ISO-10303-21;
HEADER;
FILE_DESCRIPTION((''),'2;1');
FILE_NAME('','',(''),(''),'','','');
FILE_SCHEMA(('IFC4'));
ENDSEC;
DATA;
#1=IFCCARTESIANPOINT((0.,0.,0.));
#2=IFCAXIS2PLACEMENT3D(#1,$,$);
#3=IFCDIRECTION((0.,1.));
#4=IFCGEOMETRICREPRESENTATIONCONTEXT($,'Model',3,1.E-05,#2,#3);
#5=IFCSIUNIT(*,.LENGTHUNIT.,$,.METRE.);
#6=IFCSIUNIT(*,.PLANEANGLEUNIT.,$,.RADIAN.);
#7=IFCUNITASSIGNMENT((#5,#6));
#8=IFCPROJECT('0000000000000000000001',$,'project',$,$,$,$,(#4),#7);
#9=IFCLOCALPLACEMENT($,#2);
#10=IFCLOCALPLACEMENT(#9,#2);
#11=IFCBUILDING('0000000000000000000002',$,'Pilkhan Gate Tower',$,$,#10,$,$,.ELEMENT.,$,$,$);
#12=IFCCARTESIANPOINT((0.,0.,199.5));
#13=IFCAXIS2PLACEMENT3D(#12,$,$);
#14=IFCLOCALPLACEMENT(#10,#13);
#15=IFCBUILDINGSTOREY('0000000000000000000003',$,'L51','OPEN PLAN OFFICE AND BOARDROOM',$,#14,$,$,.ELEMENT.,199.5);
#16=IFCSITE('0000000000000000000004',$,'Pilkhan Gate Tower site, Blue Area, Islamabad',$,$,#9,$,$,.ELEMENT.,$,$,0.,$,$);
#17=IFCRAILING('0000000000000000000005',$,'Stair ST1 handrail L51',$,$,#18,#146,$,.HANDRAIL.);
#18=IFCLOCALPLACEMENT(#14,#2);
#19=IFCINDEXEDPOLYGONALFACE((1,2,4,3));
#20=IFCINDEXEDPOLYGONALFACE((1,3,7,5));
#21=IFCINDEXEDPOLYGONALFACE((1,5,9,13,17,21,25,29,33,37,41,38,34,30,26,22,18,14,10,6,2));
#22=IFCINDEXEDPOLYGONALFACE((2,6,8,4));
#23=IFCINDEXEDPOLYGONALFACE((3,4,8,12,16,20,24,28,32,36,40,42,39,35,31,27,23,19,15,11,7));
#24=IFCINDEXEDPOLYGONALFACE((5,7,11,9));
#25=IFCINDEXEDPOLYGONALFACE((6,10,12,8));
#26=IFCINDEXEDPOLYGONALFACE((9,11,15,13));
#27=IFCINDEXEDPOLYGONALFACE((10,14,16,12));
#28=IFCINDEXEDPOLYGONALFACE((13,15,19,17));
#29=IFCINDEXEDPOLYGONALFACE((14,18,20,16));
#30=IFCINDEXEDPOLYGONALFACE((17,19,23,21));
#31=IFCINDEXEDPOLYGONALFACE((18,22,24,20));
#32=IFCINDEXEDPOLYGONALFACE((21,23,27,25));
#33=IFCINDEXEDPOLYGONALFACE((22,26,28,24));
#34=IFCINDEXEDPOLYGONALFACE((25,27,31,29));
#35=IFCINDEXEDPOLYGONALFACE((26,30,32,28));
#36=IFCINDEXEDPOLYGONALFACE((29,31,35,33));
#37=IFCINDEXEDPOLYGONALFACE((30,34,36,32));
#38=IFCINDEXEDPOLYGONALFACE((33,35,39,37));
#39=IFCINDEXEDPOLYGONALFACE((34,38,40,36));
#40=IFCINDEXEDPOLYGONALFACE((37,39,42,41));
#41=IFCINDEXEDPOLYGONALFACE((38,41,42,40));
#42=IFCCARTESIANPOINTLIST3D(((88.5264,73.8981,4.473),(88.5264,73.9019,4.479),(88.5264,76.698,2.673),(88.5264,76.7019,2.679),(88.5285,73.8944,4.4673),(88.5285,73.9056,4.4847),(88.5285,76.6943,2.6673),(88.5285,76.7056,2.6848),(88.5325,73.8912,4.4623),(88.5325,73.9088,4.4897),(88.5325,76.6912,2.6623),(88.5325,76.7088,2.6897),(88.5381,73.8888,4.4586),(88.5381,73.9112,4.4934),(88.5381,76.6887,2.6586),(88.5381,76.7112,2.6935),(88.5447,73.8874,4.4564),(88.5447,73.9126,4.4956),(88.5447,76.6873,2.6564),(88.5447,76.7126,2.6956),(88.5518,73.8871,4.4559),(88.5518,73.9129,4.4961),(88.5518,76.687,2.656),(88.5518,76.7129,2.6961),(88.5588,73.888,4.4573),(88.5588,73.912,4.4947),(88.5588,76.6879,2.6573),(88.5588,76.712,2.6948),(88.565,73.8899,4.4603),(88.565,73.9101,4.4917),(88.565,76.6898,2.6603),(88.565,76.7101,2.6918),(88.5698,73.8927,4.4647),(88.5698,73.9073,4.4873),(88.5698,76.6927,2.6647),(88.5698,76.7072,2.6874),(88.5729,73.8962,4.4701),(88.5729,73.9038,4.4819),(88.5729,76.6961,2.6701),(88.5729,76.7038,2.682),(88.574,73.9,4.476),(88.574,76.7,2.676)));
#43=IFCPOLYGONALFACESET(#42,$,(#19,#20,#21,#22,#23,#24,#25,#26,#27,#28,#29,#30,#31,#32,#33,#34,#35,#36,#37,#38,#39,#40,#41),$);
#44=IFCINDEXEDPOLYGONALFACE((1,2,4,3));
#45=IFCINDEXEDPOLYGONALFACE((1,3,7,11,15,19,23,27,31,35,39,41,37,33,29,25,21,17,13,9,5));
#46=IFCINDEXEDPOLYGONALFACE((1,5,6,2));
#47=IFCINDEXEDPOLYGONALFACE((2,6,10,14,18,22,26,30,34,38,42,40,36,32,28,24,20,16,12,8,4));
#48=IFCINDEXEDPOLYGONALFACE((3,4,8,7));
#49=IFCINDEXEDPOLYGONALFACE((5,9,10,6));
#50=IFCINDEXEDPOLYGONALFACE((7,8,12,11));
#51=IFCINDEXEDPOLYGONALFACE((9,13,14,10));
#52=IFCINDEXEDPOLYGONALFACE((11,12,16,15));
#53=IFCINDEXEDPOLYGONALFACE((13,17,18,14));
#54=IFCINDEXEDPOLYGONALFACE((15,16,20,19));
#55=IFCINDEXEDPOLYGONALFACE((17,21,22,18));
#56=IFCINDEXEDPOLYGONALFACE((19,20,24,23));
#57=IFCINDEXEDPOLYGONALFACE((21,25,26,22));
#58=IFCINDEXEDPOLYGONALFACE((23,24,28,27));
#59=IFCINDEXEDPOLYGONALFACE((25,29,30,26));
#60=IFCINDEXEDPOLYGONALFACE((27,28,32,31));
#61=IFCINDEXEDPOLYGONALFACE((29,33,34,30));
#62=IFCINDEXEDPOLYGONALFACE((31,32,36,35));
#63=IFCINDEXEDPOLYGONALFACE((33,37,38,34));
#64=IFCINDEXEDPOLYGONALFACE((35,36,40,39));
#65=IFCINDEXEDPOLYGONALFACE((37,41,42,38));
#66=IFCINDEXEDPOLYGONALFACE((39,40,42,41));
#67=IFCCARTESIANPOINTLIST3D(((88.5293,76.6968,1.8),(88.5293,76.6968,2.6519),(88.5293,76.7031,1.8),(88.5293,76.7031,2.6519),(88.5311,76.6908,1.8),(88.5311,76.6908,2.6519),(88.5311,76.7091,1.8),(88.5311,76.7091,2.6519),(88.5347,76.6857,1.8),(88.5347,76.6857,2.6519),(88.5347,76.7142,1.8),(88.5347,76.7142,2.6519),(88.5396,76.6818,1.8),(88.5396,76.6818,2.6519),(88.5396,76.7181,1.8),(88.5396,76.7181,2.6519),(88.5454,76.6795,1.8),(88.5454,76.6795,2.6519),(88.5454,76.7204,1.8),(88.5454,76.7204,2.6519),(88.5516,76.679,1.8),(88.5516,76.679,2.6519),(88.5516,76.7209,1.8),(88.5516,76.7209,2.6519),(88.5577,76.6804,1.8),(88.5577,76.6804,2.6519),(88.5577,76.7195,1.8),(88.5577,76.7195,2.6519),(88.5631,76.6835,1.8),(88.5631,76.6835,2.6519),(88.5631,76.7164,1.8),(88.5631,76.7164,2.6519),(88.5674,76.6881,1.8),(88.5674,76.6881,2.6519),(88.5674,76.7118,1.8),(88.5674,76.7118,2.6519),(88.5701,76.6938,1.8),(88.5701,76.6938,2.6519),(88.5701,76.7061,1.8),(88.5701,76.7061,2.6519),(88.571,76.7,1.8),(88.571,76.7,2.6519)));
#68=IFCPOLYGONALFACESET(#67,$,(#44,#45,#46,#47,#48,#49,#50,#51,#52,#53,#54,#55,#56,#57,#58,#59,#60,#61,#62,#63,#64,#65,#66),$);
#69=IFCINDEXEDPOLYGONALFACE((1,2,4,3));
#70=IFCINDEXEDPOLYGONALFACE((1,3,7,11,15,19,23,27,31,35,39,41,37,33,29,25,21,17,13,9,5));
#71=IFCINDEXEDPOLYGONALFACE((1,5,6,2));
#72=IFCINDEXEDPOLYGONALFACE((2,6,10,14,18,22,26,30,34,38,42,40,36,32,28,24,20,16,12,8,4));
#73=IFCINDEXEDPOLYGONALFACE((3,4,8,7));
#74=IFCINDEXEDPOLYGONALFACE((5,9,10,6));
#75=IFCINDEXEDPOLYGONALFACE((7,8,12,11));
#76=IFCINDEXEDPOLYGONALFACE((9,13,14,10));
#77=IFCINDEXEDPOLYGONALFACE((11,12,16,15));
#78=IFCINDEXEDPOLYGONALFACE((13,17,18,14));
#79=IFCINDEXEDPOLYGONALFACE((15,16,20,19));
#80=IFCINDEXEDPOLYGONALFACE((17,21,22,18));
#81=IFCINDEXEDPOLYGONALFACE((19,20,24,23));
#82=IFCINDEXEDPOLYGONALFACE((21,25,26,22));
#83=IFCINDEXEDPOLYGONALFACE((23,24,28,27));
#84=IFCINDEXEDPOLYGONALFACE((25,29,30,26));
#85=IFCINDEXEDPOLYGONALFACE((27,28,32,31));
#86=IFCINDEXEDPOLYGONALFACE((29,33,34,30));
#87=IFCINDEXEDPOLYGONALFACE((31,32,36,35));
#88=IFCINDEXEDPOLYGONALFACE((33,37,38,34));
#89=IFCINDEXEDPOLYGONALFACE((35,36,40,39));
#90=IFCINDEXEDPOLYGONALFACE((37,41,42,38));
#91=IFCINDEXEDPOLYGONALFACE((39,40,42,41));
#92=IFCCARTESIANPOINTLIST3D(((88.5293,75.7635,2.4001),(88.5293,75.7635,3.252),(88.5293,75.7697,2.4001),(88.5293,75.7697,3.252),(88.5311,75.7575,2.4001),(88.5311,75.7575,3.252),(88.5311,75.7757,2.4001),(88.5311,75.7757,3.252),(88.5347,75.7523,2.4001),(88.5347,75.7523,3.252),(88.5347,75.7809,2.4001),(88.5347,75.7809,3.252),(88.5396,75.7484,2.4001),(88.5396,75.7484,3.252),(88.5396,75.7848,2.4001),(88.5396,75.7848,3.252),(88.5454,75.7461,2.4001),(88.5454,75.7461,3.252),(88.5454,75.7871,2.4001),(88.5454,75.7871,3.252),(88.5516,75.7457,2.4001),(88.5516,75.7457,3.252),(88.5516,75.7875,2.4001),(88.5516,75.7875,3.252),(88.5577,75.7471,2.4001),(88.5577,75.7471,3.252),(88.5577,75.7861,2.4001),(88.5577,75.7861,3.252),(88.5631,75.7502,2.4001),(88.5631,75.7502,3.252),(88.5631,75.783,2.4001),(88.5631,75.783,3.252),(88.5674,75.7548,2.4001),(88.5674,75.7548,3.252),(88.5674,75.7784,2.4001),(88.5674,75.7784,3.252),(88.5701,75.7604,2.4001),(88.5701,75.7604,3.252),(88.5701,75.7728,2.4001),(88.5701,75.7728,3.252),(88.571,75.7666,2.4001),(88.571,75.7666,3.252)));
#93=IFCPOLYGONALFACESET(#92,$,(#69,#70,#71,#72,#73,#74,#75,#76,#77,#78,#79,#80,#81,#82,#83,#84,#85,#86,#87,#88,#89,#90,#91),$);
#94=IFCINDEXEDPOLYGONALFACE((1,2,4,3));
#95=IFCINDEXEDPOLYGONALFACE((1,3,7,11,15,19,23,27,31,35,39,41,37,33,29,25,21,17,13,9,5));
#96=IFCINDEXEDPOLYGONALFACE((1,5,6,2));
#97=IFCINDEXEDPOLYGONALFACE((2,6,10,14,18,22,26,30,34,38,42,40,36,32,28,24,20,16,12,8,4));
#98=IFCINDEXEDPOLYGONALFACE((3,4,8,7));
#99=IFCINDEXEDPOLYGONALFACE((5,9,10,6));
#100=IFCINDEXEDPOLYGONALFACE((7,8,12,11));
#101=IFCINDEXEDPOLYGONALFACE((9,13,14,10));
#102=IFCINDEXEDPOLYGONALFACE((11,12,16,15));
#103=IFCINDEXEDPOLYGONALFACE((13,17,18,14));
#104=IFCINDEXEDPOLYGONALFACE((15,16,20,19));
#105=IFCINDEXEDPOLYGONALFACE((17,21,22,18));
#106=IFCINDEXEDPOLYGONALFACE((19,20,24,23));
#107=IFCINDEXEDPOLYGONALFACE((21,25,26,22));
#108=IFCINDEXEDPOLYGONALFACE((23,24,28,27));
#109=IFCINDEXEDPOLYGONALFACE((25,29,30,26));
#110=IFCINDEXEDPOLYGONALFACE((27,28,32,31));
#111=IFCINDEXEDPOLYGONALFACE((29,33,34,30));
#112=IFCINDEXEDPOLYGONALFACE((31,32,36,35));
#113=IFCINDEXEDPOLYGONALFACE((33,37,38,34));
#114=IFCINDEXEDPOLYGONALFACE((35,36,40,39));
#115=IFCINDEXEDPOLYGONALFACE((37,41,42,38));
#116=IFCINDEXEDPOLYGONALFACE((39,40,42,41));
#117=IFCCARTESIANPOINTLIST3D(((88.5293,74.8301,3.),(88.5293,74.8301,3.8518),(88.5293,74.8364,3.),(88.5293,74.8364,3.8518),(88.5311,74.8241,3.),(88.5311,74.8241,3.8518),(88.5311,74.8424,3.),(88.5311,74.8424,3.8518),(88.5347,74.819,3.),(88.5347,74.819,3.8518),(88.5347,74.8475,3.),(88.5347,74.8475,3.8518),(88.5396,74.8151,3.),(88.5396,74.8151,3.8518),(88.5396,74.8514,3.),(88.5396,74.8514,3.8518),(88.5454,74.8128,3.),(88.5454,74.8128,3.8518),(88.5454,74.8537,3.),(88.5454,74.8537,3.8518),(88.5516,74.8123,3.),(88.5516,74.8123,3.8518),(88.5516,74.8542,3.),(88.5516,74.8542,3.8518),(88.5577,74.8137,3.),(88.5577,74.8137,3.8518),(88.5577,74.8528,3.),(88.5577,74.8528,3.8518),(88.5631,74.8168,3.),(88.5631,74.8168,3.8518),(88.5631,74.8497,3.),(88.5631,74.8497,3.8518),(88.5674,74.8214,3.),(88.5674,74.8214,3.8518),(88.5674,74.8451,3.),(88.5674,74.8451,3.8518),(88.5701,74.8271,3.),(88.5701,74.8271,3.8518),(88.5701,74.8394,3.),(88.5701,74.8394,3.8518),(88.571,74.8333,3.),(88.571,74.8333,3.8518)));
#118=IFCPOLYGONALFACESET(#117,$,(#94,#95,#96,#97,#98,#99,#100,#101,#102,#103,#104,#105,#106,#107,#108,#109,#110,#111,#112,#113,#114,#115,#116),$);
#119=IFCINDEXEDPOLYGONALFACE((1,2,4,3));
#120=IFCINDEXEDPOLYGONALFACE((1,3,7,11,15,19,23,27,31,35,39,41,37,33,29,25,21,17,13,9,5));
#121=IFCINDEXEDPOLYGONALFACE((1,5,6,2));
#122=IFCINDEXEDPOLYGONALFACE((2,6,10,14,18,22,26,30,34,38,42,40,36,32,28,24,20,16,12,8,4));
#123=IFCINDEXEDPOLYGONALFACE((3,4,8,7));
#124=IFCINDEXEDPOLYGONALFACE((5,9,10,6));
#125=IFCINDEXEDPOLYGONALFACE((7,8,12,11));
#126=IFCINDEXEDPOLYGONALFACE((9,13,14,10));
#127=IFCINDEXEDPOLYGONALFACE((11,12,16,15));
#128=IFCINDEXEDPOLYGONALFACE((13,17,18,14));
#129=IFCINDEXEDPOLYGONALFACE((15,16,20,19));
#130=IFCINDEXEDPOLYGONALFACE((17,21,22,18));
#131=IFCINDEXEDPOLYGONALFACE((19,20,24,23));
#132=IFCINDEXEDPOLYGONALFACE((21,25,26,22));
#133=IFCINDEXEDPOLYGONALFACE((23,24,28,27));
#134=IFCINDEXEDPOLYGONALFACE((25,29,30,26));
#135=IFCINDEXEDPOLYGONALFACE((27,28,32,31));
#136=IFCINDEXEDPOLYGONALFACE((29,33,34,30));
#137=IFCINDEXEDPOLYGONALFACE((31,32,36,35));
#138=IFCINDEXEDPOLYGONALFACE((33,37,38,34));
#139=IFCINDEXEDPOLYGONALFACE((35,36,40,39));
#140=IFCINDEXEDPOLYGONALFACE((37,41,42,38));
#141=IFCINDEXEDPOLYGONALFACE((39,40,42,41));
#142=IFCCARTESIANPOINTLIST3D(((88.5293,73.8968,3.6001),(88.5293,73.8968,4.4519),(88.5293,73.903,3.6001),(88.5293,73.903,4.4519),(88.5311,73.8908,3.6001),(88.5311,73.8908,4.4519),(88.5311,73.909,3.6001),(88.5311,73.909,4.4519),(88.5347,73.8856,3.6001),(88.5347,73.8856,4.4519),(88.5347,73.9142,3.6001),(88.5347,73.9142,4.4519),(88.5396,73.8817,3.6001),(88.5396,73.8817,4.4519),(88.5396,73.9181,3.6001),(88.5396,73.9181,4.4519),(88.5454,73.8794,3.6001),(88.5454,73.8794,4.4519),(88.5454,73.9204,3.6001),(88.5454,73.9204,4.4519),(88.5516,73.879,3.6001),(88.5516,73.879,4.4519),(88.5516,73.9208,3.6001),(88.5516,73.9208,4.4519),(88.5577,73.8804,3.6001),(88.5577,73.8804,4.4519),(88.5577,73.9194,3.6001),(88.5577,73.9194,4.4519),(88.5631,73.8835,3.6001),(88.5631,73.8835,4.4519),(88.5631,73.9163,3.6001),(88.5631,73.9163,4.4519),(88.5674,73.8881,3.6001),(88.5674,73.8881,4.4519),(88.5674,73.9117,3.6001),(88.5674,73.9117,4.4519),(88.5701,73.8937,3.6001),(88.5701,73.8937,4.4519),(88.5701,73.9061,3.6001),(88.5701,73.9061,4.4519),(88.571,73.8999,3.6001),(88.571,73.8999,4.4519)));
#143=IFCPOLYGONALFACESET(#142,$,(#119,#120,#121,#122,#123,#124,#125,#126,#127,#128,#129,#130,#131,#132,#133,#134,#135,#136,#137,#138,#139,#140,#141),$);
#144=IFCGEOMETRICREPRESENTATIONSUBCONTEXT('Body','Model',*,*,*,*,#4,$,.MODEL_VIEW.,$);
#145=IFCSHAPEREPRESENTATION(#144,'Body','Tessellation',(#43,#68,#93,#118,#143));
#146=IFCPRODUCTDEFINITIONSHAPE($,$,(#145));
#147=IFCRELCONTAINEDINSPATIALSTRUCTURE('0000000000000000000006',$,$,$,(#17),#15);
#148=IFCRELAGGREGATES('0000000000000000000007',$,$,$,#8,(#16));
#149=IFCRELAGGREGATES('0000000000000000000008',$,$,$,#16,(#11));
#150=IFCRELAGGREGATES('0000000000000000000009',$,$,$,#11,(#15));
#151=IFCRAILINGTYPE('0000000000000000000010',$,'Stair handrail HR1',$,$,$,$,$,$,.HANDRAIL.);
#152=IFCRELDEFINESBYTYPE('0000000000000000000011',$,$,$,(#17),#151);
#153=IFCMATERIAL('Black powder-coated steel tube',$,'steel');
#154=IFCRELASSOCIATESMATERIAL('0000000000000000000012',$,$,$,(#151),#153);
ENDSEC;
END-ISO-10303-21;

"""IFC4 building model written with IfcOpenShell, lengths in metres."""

from ifc_helpers import new_model, si_unit, direction, frame, origin, origin_2d, place, context, subcontext, project, spatial, circle, extrude, material, type_object, element, save


model = new_model("IFC4")

# Units and contexts
model_context = context("Model", 3, precision=1e-05, world=origin(), true_north=direction((0.0, 1.0)))
body_context = subcontext(model_context, "Body", "Model", "MODEL_VIEW")
ifc_project = project(units=[si_unit("LENGTHUNIT", "METRE"), si_unit("PLANEANGLEUNIT", "RADIAN")], contexts=[model_context])

# Site, building, storey
site_placement = place(None, origin())
site = spatial("IfcSite", under=ifc_project, at=site_placement, Name="Pilkhan Gate Tower site, Blue Area, Islamabad", CompositionType="ELEMENT", RefElevation=0.0)
building_placement = place(site_placement, origin())
building = spatial("IfcBuilding", under=site, at=building_placement, Name="Pilkhan Gate Tower", CompositionType="ELEMENT")
storey_placement = place(building_placement, frame((0.0, 0.0, 199.5)))
storey = spatial("IfcBuildingStorey", under=building, at=storey_placement, Name="L51", Description="OPEN PLAN OFFICE AND BOARDROOM", CompositionType="ELEMENT", Elevation=199.5)

# Railing
ifc_material_1 = material(Name="Black powder-coated steel tube", Category="steel")
railing_type_1 = type_object("IfcRailingType", Name="Stair handrail HR1", PredefinedType="HANDRAIL", material=ifc_material_1)
for number, where, name in (
    (1, (88.55, 76.7, 1.8), "Stair ST1 handrail L51"),
):
    element("IfcRailing", number, at=place(storey_placement, frame(where)), inside=storey, type_object=railing_type_1, Name=name, PredefinedType="HANDRAIL", context=body_context, shape_type="SweptSolid", body=[
        extrude(circle(Radius=0.0239, at=origin_2d()), frame((0.0, 0.0, 0.876), z_axis=(0.0, -0.841176, 0.540761), x_axis=(1.0, 0.0, 0.0)), (0.0, 0.0, 1.0), 3.3286),
        extrude(circle(Radius=0.021, at=origin_2d()), origin(), (0.0, 0.0, 1.0), 0.8518),
        extrude(circle(Radius=0.021, at=origin_2d()), frame((0.0, -0.9333, 0.6001)), (0.0, 0.0, 1.0), 0.8518),
        extrude(circle(Radius=0.021, at=origin_2d()), frame((0.0, -1.8667, 1.2)), (0.0, 0.0, 1.0), 0.8518),
        extrude(circle(Radius=0.021, at=origin_2d()), frame((0.0, -2.8, 1.8)), (0.0, 0.0, 1.0), 0.8518),
    ])

save(model, "model.ifc")
